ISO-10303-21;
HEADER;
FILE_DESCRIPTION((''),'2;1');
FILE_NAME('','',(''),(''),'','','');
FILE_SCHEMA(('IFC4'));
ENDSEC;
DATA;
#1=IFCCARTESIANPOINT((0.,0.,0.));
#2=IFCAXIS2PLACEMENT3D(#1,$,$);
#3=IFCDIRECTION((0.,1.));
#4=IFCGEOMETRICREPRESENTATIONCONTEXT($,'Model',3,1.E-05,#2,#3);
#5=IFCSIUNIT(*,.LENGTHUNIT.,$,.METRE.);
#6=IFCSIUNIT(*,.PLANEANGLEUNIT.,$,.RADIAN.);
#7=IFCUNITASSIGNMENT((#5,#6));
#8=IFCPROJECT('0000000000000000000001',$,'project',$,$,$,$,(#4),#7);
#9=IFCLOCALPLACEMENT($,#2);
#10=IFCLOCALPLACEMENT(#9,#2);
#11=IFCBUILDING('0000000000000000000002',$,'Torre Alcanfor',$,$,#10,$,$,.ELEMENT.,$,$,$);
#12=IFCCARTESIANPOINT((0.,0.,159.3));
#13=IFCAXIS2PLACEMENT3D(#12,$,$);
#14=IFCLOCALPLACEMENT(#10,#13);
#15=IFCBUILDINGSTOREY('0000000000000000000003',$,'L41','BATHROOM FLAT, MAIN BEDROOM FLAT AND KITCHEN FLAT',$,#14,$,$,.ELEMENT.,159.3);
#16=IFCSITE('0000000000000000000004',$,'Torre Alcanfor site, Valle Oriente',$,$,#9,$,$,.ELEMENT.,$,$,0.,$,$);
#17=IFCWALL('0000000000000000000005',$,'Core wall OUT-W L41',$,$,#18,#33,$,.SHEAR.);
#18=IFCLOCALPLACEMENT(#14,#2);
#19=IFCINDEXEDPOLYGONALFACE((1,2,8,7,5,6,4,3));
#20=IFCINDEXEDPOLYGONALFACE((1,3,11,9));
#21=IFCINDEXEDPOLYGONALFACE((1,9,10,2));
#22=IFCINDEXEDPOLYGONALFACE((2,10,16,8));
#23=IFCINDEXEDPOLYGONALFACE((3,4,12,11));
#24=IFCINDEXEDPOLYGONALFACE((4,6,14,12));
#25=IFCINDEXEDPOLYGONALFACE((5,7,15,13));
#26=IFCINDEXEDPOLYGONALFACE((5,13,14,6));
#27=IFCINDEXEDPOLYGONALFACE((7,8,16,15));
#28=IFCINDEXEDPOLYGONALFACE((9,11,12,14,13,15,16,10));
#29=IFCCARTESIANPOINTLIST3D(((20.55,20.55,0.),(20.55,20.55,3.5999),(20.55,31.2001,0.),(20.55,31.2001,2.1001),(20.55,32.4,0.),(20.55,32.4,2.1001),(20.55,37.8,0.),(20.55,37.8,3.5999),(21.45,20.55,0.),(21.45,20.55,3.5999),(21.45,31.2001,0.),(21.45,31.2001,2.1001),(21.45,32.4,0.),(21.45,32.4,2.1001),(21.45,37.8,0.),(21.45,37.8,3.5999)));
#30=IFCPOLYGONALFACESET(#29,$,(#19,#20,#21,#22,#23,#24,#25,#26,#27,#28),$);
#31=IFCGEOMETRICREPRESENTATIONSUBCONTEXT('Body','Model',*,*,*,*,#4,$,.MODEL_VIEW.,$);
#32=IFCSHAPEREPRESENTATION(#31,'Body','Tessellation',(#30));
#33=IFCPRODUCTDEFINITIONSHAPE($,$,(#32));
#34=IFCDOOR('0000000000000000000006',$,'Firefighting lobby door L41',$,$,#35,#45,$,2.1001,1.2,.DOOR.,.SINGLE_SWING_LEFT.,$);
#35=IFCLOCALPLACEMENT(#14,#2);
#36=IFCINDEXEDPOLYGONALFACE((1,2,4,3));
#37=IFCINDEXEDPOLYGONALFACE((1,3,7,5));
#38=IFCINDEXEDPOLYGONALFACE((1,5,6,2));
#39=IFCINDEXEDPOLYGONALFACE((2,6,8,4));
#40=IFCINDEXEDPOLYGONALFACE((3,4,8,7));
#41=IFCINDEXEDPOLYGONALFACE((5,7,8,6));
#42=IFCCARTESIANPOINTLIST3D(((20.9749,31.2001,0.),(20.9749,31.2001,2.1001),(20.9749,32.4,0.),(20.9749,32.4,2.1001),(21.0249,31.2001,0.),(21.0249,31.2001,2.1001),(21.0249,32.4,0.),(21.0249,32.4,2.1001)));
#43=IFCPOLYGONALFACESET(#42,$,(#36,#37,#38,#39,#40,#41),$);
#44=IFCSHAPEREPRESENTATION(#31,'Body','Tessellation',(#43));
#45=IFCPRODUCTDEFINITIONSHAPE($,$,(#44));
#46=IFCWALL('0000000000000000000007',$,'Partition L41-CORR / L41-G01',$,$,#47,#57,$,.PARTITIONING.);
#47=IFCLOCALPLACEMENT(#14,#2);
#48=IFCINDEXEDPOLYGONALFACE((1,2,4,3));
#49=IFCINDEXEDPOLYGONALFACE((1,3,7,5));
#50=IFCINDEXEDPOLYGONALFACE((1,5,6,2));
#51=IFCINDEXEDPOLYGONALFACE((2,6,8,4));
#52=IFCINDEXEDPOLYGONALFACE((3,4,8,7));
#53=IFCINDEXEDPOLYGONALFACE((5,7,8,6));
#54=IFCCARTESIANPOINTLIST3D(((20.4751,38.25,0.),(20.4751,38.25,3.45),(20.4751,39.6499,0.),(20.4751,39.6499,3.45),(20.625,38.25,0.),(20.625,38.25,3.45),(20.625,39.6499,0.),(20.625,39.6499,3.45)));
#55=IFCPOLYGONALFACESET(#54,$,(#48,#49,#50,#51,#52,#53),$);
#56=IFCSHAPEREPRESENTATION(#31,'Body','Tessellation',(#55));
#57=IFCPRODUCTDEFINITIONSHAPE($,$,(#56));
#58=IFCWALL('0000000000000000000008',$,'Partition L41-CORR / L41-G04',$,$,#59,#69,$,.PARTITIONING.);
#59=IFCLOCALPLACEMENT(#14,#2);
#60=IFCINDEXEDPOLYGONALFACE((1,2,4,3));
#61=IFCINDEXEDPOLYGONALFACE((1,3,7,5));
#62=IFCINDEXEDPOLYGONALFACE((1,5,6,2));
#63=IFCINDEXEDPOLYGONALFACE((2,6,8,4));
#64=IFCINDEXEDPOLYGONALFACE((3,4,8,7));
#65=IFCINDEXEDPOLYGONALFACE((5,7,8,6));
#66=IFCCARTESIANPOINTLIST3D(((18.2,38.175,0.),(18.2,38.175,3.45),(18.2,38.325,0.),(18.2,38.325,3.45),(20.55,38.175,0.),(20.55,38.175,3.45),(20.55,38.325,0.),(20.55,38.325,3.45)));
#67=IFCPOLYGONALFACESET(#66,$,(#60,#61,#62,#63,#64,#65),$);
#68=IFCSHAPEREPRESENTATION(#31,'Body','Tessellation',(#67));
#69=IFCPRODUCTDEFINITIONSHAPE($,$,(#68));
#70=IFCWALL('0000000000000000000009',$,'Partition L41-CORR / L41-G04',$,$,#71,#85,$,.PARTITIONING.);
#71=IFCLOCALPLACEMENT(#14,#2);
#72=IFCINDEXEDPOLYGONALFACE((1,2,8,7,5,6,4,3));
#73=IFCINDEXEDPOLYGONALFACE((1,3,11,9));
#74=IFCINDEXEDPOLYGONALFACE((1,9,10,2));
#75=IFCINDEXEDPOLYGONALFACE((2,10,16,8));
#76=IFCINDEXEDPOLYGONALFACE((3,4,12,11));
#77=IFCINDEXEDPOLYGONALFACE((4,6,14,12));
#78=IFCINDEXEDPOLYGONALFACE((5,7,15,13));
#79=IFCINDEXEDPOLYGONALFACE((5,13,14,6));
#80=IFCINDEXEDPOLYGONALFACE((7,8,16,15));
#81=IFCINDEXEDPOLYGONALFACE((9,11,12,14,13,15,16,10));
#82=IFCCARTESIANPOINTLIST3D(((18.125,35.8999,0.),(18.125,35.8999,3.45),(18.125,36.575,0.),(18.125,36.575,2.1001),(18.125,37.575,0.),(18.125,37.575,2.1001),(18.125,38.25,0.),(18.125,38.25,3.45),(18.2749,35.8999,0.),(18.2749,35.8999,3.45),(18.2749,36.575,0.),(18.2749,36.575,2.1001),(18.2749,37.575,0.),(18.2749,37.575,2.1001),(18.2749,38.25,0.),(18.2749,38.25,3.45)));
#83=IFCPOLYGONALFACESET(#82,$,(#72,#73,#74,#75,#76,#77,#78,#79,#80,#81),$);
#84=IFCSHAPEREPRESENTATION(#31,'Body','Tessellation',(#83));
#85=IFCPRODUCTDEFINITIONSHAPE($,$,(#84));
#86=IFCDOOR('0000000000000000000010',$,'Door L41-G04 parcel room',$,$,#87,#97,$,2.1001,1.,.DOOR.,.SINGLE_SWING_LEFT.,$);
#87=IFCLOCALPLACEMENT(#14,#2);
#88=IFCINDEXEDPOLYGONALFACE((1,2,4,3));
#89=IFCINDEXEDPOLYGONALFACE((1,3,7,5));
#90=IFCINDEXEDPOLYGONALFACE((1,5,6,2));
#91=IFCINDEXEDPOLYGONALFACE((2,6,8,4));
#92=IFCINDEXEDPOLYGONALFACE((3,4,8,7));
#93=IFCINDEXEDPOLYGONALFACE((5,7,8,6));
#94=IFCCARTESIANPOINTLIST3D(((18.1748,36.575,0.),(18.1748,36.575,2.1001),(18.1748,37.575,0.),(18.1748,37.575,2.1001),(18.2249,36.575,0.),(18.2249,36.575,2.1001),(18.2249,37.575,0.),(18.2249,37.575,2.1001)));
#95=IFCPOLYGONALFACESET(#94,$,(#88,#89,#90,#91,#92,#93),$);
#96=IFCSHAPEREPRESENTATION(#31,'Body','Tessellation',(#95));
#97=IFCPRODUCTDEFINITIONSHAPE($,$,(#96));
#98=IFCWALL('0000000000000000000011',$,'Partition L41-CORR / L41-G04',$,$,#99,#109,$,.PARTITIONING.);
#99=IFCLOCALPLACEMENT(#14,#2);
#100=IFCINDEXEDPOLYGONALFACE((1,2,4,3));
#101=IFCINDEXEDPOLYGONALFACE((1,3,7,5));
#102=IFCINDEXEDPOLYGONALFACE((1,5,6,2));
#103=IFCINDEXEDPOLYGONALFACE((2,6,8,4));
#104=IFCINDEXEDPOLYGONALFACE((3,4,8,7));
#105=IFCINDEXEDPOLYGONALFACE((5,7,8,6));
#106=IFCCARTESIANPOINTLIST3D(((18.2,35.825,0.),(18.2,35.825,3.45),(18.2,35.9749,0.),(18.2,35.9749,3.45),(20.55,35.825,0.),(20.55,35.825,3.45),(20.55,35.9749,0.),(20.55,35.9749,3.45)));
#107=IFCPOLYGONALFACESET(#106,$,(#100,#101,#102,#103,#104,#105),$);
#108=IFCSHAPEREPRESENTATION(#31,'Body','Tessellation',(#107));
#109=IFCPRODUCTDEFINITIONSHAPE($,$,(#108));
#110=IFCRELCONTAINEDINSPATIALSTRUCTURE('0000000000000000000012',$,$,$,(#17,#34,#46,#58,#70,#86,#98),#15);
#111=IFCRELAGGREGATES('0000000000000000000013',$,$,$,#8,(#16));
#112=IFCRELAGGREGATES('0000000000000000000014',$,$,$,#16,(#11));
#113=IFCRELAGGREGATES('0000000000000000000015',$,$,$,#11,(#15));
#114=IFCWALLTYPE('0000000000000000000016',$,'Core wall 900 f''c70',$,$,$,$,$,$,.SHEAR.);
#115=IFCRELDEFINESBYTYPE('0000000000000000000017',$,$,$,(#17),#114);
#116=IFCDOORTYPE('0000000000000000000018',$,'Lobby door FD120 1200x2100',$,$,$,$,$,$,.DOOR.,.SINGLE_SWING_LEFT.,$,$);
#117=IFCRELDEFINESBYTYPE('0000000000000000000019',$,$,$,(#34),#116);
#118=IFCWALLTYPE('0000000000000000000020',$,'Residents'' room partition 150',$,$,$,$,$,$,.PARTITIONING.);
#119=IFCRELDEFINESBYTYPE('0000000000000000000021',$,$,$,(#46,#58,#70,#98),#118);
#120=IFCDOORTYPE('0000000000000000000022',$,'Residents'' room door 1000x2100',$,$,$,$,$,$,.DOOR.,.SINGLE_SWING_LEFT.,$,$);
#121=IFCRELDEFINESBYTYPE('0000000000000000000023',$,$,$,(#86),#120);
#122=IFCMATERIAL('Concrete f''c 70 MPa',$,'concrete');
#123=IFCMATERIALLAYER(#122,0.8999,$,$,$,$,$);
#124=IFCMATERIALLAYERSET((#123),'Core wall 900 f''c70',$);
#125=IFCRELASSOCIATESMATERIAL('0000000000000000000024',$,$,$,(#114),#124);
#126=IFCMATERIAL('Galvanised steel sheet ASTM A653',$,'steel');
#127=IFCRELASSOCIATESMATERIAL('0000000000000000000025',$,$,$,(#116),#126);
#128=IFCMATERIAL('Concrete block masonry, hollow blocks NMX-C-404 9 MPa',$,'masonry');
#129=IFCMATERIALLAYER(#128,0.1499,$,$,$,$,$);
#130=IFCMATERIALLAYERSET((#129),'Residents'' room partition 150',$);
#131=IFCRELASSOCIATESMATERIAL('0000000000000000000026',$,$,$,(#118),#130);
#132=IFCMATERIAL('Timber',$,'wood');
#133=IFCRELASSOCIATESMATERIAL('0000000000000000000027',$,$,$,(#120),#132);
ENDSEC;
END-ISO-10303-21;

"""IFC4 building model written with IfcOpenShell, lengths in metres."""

from ifc_helpers import new_model, si_unit, direction, frame, frame_2d, origin, place, context, subcontext, project, spatial, rectangle, extrude, material, layer, layer_set, type_object, element, fill, save


model = new_model("IFC4")

# Units and contexts
model_context = context("Model", 3, precision=1e-05, world=origin(), true_north=direction((0.0, 1.0)))
body_context = subcontext(model_context, "Body", "Model", "MODEL_VIEW")
ifc_project = project(units=[si_unit("LENGTHUNIT", "METRE"), si_unit("PLANEANGLEUNIT", "RADIAN")], contexts=[model_context])

# Site, building, storey
site_placement = place(None, origin())
site = spatial("IfcSite", under=ifc_project, at=site_placement, Name="Torre Alcanfor site, Valle Oriente", CompositionType="ELEMENT", RefElevation=0.0)
building_placement = place(site_placement, origin())
building = spatial("IfcBuilding", under=site, at=building_placement, Name="Torre Alcanfor", CompositionType="ELEMENT")
storey_placement = place(building_placement, frame((0.0, 0.0, 159.3)))
storey = spatial("IfcBuildingStorey", under=building, at=storey_placement, Name="L41", Description="BATHROOM FLAT, MAIN BEDROOM FLAT AND KITCHEN FLAT", CompositionType="ELEMENT", Elevation=159.3)

# Wall, opening, door
ifc_material_1 = material(Name="Concrete f'c 70 MPa", Category="concrete")
ifc_layer_1 = layer(ifc_material_1, 0.8999)
ifc_layer_set_1 = layer_set([ifc_layer_1], Name="Core wall 900 f'c70")
wall_type_1 = type_object("IfcWallType", Name="Core wall 900 f'c70", PredefinedType="SHEAR", material=ifc_layer_set_1)
wall_1_placement = place(storey_placement, frame((21.0, 37.8, 0.0), z_axis=(0.0, 0.0, 1.0), x_axis=(0.0, -1.0, 0.0)))
wall_1 = element("IfcWall", 1, at=wall_1_placement, inside=storey, type_object=wall_type_1, Name="Core wall OUT-W L41", PredefinedType="SHEAR", context=body_context, shape_type="SweptSolid", body=[
    extrude(rectangle(XDim=17.25, YDim=0.8999, at=frame_2d((8.625, 0.0))), origin(), (0.0, 0.0, 1.0), 3.5999),
])
opening_1_placement = place(wall_1_placement, frame((5.3999, 0.0, 0.0)))
opening_1 = element("IfcOpeningElement", 2, at=opening_1_placement, cuts=wall_1, PredefinedType="OPENING", context=body_context, shape_type="SweptSolid", body=[
    extrude(rectangle(XDim=1.2, YDim=2.1001, at=frame_2d((0.6001, 1.05))), frame((0.0, 0.46, 0.0), z_axis=(0.0, -1.0, 0.0), x_axis=(1.0, 0.0, 0.0)), (0.0, 0.0, 1.0), 0.9199),
])
ifc_material_2 = material(Name="Galvanised steel sheet ASTM A653", Category="steel")
door_type_1 = type_object("IfcDoorType", Name="Lobby door FD120 1200x2100", OperationType="SINGLE_SWING_LEFT", PredefinedType="DOOR", material=ifc_material_2)
door_1_placement = place(opening_1_placement, origin())
door_1 = element("IfcDoor", 3, at=door_1_placement, inside=storey, type_object=door_type_1, Name="Firefighting lobby door L41", OperationType="SINGLE_SWING_LEFT", OverallHeight=2.1001, OverallWidth=1.2, PredefinedType="DOOR", context=body_context, shape_type="SweptSolid", body=[
    extrude(rectangle(XDim=1.2, YDim=2.1001, at=frame_2d((0.6001, 1.05))), frame((0.0, 0.0249, 0.0), z_axis=(0.0, -1.0, 0.0), x_axis=(1.0, 0.0, 0.0)), (0.0, 0.0, 1.0), 0.05),
])
fill(opening_1, door_1)

# Walls
ifc_material_3 = material(Name="Concrete block masonry, hollow blocks NMX-C-404 9 MPa", Category="masonry")
ifc_layer_2 = layer(ifc_material_3, 0.1499)
ifc_layer_set_2 = layer_set([ifc_layer_2], Name="Residents' room partition 150")
wall_type_2 = type_object("IfcWallType", Name="Residents' room partition 150", PredefinedType="PARTITIONING", material=ifc_layer_set_2)
wall_2_placement = place(storey_placement, frame((20.55, 39.6499, 0.0), z_axis=(0.0, 0.0, 1.0), x_axis=(0.0, -1.0, 0.0)))
element("IfcWall", 4, at=wall_2_placement, inside=storey, type_object=wall_type_2, Name="Partition L41-CORR / L41-G01", PredefinedType="PARTITIONING", context=body_context, shape_type="SweptSolid", body=[
    extrude(rectangle(XDim=1.3999, YDim=0.1499, at=frame_2d((0.7, 0.0))), origin(), (0.0, 0.0, 1.0), 3.45),
])
wall_3_placement = place(storey_placement, frame((20.55, 38.25, 0.0), z_axis=(0.0, 0.0, 1.0), x_axis=(-1.0, 0.0, 0.0)))
element("IfcWall", 5, at=wall_3_placement, inside=storey, type_object=wall_type_2, Name="Partition L41-CORR / L41-G04", PredefinedType="PARTITIONING", context=body_context, shape_type="SweptSolid", body=[
    extrude(rectangle(XDim=2.3501, YDim=0.1499, at=frame_2d((1.175, 0.0))), origin(), (0.0, 0.0, 1.0), 3.45),
])

# Wall, opening, door
wall_4_placement = place(storey_placement, frame((18.2, 38.25, 0.0), z_axis=(0.0, 0.0, 1.0), x_axis=(0.0, -1.0, 0.0)))
wall_4 = element("IfcWall", 6, at=wall_4_placement, inside=storey, type_object=wall_type_2, Name="Partition L41-CORR / L41-G04", PredefinedType="PARTITIONING", context=body_context, shape_type="SweptSolid", body=[
    extrude(rectangle(XDim=2.3501, YDim=0.1499, at=frame_2d((1.175, 0.0))), origin(), (0.0, 0.0, 1.0), 3.45),
])
opening_2_placement = place(wall_4_placement, frame((0.675, 0.0, 0.0)))
opening_2 = element("IfcOpeningElement", 7, at=opening_2_placement, cuts=wall_4, PredefinedType="OPENING", context=body_context, shape_type="SweptSolid", body=[
    extrude(rectangle(XDim=1.0, YDim=2.1001, at=frame_2d((0.5, 1.05))), frame((0.0, 0.085, 0.0), z_axis=(0.0, -1.0, 0.0), x_axis=(1.0, 0.0, 0.0)), (0.0, 0.0, 1.0), 0.1699),
])
ifc_material_4 = material(Name="Timber", Category="wood")
door_type_2 = type_object("IfcDoorType", Name="Residents' room door 1000x2100", OperationType="SINGLE_SWING_LEFT", PredefinedType="DOOR", material=ifc_material_4)
door_2_placement = place(opening_2_placement, origin())
door_2 = element("IfcDoor", 8, at=door_2_placement, inside=storey, type_object=door_type_2, Name="Door L41-G04 parcel room", OperationType="SINGLE_SWING_LEFT", OverallHeight=2.1001, OverallWidth=1.0, PredefinedType="DOOR", context=body_context, shape_type="SweptSolid", body=[
    extrude(rectangle(XDim=1.0, YDim=2.1001, at=frame_2d((0.5, 1.05))), frame((0.0, 0.0249, 0.0), z_axis=(0.0, -1.0, 0.0), x_axis=(1.0, 0.0, 0.0)), (0.0, 0.0, 1.0), 0.05),
])
fill(opening_2, door_2)

# Wall
wall_5_placement = place(storey_placement, frame((18.2, 35.8999, 0.0), z_axis=(0.0, 0.0, 1.0), x_axis=(1.0, 0.0, 0.0)))
element("IfcWall", 9, at=wall_5_placement, inside=storey, type_object=wall_type_2, Name="Partition L41-CORR / L41-G04", PredefinedType="PARTITIONING", context=body_context, shape_type="SweptSolid", body=[
    extrude(rectangle(XDim=2.3501, YDim=0.1499, at=frame_2d((1.175, 0.0))), origin(), (0.0, 0.0, 1.0), 3.45),
])

save(model, "model.ifc")
